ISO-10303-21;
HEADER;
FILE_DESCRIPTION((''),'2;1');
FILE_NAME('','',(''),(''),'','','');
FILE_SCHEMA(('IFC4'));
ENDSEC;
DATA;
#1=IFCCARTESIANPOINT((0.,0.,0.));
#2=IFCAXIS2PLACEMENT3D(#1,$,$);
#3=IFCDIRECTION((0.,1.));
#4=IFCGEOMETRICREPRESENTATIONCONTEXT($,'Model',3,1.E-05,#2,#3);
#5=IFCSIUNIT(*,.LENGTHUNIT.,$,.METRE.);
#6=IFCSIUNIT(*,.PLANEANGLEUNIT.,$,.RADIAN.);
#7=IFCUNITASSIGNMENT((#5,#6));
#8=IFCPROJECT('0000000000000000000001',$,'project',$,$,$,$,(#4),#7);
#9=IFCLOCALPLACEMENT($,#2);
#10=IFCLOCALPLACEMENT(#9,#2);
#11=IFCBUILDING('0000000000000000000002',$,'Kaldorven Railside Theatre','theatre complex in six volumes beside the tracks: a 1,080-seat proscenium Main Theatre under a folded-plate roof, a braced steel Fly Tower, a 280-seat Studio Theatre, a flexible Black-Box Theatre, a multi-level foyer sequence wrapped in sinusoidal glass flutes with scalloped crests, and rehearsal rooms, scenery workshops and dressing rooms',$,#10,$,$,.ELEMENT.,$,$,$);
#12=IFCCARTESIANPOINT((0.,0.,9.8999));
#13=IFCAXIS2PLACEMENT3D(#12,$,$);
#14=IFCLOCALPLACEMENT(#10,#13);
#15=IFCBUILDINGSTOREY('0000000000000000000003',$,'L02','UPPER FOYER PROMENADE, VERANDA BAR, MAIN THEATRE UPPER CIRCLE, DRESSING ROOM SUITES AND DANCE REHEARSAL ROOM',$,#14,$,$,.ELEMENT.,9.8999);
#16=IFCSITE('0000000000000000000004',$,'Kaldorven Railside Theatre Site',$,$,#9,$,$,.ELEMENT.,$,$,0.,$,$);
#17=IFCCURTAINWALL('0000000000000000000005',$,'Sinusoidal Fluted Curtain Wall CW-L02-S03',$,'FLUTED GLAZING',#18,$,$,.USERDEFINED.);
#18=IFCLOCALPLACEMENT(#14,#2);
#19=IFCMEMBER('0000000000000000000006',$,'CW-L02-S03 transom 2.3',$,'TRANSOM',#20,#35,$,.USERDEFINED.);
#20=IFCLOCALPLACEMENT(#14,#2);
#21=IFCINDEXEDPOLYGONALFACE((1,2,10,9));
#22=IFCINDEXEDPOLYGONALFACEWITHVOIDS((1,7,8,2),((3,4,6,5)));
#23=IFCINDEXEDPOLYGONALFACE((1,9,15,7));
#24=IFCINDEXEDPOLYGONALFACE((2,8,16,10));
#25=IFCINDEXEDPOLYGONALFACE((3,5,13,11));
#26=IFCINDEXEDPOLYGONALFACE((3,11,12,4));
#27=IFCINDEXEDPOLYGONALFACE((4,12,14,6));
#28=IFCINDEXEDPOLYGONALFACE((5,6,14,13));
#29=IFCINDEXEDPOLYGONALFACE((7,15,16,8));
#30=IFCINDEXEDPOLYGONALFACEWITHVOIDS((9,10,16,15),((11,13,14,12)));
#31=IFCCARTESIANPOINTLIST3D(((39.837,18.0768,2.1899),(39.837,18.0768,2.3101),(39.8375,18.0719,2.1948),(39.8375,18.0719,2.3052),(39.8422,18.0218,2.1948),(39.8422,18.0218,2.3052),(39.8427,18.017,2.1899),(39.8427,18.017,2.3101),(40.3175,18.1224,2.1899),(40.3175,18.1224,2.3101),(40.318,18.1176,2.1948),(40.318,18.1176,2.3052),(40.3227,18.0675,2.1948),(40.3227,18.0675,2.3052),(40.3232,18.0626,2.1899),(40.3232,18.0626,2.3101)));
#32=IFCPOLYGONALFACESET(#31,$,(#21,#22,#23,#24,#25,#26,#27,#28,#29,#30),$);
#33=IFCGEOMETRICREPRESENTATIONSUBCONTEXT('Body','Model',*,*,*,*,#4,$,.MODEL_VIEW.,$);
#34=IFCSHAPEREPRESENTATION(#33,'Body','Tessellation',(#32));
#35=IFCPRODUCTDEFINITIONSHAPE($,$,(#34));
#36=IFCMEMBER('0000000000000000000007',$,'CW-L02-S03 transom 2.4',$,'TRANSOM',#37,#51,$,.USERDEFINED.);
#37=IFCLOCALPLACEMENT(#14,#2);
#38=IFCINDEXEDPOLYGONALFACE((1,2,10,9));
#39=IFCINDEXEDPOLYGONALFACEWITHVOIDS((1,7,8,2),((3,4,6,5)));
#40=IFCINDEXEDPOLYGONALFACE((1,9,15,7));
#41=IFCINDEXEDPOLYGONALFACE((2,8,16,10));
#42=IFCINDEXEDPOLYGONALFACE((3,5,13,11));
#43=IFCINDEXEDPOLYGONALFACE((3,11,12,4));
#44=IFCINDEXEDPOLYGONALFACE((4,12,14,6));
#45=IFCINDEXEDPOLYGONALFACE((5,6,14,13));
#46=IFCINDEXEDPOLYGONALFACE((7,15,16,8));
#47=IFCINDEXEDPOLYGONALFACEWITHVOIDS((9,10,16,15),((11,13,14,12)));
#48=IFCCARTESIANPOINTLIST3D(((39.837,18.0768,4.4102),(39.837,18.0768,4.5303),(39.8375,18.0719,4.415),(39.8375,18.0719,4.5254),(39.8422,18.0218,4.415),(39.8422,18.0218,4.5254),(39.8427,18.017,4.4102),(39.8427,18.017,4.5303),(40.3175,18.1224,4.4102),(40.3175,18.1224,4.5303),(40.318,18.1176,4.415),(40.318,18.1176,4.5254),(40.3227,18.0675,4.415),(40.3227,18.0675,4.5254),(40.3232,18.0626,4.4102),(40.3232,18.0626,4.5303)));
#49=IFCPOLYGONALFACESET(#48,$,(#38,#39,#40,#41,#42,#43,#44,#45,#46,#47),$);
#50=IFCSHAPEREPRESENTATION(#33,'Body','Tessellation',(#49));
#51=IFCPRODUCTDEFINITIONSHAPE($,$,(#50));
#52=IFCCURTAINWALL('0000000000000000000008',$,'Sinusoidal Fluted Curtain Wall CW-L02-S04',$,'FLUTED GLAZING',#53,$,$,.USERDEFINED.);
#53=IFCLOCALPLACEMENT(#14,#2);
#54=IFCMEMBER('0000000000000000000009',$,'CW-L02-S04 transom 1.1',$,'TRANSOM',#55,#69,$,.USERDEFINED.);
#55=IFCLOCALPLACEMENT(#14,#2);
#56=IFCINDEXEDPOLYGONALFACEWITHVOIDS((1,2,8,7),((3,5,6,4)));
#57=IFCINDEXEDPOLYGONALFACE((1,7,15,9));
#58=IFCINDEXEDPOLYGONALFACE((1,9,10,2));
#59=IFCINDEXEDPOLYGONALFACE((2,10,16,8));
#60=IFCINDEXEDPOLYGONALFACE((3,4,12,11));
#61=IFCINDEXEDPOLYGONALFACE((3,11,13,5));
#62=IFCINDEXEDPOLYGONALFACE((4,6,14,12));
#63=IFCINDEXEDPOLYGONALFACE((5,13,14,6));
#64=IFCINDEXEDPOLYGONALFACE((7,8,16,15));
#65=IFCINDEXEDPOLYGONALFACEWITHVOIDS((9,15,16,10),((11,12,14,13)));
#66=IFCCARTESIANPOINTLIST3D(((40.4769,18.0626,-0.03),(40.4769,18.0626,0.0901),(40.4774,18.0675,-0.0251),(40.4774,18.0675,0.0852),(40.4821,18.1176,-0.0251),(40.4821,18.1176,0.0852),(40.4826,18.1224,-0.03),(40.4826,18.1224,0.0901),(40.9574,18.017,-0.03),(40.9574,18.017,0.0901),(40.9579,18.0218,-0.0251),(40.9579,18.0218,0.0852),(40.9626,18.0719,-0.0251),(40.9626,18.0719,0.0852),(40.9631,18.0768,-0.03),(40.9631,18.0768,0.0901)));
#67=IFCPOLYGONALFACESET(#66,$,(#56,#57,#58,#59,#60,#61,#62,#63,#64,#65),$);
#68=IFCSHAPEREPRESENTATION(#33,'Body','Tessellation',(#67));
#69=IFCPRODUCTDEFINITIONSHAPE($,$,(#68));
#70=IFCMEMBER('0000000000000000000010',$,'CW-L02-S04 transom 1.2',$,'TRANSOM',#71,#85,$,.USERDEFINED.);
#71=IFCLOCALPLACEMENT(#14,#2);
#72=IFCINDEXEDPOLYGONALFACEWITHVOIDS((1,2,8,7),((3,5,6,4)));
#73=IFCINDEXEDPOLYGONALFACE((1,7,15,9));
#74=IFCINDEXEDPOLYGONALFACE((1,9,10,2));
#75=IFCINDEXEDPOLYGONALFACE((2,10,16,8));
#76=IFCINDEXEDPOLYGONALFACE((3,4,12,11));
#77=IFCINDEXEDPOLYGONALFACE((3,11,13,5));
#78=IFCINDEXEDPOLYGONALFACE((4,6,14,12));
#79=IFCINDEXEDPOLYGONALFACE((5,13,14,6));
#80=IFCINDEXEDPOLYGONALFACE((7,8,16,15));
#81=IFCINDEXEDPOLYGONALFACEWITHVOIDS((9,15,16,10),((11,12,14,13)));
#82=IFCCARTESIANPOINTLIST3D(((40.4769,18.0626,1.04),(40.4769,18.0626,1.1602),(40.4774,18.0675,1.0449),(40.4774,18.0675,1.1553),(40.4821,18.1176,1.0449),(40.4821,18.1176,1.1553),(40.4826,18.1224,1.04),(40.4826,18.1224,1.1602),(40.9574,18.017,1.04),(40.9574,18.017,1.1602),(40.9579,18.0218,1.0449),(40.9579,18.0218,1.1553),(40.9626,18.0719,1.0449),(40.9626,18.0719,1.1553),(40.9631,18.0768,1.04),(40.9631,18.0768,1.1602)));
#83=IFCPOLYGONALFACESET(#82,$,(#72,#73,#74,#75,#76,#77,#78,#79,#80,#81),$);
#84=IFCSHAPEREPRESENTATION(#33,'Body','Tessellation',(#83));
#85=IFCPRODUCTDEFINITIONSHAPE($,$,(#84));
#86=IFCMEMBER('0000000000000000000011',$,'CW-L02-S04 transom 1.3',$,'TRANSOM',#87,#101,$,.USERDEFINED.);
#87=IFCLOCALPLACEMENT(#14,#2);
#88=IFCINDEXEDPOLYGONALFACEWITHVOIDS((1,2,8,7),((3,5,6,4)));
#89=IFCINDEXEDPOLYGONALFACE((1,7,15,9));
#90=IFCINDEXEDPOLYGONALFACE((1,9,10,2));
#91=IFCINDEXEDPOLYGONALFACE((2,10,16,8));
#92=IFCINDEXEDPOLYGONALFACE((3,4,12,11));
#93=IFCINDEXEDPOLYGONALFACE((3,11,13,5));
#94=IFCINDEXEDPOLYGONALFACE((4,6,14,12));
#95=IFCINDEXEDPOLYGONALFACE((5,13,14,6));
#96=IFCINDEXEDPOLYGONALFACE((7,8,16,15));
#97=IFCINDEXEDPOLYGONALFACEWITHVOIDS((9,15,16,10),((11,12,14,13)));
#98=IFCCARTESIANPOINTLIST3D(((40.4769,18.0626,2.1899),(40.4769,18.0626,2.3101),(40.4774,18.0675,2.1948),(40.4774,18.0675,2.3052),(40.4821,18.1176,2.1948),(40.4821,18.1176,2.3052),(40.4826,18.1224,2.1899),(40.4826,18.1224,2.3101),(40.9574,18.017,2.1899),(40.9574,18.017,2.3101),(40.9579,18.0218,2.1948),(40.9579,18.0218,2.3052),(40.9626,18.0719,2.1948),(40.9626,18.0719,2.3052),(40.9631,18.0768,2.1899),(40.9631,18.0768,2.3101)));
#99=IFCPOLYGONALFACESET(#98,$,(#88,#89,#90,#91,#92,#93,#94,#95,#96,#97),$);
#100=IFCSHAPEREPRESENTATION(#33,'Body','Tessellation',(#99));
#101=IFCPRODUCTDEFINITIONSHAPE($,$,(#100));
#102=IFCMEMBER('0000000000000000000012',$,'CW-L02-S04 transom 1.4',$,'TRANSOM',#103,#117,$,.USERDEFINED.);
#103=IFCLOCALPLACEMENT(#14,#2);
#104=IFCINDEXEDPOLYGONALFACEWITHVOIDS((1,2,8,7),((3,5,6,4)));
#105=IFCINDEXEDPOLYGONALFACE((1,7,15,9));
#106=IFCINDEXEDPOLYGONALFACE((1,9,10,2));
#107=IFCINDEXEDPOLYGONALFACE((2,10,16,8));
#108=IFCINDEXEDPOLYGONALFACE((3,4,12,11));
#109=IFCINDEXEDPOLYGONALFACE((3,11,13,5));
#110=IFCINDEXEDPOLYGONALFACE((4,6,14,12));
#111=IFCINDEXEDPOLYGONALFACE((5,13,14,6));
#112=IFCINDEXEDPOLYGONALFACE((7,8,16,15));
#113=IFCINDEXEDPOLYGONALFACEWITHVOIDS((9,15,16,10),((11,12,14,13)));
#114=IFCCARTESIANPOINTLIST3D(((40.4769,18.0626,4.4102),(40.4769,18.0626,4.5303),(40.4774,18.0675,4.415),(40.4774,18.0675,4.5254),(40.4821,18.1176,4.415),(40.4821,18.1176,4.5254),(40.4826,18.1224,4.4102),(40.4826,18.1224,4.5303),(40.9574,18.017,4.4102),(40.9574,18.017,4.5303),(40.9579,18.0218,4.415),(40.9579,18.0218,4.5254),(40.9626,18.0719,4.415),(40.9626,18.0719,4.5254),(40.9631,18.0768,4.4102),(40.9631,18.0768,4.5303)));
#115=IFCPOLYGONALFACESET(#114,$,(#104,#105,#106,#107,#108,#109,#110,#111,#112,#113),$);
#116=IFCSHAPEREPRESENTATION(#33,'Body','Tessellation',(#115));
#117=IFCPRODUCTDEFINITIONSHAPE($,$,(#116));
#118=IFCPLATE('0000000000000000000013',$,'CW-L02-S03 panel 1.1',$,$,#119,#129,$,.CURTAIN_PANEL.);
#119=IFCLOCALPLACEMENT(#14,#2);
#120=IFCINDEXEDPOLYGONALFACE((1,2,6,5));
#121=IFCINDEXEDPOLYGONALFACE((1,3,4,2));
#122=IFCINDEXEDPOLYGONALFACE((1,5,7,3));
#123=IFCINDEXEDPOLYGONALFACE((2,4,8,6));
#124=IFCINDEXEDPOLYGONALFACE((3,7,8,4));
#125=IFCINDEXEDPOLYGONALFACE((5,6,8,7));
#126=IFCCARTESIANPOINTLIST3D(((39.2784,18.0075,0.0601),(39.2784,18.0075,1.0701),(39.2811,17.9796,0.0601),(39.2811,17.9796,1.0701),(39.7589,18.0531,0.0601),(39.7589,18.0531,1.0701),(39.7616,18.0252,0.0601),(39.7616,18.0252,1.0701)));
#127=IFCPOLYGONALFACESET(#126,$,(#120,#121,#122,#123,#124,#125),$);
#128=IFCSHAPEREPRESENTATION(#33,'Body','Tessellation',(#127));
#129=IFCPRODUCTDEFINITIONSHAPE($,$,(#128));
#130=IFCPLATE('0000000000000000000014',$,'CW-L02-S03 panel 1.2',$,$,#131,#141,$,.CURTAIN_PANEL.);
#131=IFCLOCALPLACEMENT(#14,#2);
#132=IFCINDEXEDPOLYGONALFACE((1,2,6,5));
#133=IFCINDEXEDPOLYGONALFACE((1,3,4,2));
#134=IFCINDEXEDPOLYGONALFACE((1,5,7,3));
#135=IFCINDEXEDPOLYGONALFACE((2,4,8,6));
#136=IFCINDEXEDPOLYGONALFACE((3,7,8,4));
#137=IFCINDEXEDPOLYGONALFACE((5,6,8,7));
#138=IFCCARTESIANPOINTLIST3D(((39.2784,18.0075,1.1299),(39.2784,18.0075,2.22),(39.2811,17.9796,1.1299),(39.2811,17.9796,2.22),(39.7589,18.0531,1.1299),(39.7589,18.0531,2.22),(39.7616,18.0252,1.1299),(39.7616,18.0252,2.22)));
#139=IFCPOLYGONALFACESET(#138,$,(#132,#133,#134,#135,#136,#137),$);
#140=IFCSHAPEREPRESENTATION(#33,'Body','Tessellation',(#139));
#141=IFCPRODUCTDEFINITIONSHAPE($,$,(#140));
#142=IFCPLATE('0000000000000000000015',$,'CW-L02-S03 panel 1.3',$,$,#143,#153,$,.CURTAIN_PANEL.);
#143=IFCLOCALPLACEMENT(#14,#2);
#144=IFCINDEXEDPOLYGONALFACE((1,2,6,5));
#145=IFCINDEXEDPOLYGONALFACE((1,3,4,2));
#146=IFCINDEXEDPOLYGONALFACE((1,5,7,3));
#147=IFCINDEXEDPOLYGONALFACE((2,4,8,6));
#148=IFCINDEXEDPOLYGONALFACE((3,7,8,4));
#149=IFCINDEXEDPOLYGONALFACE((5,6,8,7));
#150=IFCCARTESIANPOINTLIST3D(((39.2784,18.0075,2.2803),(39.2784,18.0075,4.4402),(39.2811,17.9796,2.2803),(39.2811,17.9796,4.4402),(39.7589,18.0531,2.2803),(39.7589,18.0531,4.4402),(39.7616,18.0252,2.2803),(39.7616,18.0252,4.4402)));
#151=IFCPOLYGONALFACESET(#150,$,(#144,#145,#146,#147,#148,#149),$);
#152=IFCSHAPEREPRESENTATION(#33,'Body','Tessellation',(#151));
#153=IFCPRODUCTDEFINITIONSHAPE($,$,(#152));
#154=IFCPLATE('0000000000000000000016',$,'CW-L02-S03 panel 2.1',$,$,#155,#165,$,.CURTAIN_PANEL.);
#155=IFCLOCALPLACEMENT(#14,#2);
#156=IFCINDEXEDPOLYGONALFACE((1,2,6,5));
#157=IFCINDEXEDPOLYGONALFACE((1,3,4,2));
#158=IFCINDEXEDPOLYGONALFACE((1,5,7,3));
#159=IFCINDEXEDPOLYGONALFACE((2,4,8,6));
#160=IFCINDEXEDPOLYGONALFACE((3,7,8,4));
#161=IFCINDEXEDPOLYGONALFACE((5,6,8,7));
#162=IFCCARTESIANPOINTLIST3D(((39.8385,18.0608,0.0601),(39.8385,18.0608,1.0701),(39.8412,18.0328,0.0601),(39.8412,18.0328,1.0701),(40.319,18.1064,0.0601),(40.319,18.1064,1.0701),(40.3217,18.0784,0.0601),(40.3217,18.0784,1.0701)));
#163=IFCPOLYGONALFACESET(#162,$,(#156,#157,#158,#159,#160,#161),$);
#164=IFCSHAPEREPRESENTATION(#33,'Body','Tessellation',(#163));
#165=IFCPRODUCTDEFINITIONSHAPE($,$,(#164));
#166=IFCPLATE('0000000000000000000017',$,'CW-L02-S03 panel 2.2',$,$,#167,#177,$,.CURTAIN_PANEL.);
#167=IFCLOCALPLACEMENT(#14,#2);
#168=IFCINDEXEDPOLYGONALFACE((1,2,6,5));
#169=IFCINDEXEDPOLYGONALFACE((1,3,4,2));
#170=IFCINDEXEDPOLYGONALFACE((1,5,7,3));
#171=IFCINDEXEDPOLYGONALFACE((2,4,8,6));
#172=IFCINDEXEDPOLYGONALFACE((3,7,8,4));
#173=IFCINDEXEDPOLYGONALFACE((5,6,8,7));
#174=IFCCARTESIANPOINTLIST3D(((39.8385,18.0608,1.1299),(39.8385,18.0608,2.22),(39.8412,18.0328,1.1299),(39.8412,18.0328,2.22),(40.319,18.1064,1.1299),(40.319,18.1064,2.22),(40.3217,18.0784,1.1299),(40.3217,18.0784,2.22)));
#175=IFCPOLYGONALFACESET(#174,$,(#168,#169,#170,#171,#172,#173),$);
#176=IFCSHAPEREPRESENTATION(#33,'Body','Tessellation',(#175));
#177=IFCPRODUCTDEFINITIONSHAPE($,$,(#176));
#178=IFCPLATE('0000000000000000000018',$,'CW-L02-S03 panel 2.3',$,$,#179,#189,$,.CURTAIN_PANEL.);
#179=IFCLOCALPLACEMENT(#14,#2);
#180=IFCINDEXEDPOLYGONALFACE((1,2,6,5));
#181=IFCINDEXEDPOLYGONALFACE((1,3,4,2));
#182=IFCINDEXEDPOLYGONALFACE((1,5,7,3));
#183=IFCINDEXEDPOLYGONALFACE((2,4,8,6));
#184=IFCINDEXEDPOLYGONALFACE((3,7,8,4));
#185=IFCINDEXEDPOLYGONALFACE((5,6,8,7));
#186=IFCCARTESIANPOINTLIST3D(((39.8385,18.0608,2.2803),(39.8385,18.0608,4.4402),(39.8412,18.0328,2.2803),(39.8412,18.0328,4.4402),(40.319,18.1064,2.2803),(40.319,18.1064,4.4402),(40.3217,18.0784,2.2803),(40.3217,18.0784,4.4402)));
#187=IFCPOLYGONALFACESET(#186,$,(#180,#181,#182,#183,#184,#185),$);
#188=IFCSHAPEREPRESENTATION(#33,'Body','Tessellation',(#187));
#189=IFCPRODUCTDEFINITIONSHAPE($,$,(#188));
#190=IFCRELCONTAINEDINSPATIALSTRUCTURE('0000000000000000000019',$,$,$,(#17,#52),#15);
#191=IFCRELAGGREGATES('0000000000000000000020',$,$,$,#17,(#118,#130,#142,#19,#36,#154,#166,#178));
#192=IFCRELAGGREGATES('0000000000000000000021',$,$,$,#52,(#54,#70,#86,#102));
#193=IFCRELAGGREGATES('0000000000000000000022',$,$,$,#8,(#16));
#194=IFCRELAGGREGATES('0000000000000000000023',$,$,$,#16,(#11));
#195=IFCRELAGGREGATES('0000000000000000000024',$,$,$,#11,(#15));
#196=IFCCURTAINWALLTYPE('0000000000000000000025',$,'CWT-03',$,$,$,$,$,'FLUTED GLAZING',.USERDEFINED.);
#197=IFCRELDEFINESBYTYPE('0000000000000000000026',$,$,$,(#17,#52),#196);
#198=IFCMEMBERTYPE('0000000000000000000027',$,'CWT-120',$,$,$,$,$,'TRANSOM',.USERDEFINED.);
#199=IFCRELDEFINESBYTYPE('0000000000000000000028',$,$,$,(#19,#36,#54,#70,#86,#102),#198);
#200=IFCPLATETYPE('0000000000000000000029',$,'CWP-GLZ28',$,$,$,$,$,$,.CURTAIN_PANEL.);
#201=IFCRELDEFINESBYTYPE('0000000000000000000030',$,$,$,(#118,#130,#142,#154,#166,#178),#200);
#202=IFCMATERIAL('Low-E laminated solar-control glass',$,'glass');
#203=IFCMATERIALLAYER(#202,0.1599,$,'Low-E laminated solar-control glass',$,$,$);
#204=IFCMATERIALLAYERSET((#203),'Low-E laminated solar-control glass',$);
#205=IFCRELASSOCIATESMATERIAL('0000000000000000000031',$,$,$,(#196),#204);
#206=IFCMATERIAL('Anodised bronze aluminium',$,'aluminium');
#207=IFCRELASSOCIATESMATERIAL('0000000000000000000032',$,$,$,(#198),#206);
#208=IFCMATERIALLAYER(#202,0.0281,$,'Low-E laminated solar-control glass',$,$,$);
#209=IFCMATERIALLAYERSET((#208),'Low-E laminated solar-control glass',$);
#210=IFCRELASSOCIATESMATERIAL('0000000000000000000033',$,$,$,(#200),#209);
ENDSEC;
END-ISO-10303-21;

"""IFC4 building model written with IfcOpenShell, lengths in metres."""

from ifc_helpers import new_model, si_unit, direction, frame, origin, origin_2d, place, context, subcontext, project, spatial, rectangle, hollow_rectangle, extrude, material, layer, layer_set, material_profile, profile_set, type_object, element, aggregate, save


model = new_model("IFC4")

# Units and contexts
model_context = context("Model", 3, precision=1e-05, world=origin(), true_north=direction((0.0, 1.0)))
body_context = subcontext(model_context, "Body", "Model", "MODEL_VIEW")
ifc_project = project(units=[si_unit("LENGTHUNIT", "METRE"), si_unit("PLANEANGLEUNIT", "RADIAN")], contexts=[model_context])

# Site, building, storey
site_placement = place(None, origin())
site = spatial("IfcSite", under=ifc_project, at=site_placement, Name="Kaldorven Railside Theatre Site", CompositionType="ELEMENT", RefElevation=0.0)
building_placement = place(site_placement, origin())
building = spatial("IfcBuilding", under=site, at=building_placement, Name="Kaldorven Railside Theatre", Description="theatre complex in six volumes beside the tracks: a 1,080-seat proscenium Main Theatre under a folded-plate roof, a braced steel Fly Tower, a 280-seat Studio Theatre, a flexible Black-Box Theatre, a multi-level foyer sequence wrapped in sinusoidal glass flutes with scalloped crests, and rehearsal rooms, scenery workshops and dressing rooms", CompositionType="ELEMENT")
storey_placement = place(building_placement, frame((0.0, 0.0, 9.8999)))
storey = spatial("IfcBuildingStorey", under=building, at=storey_placement, Name="L02", Description="UPPER FOYER PROMENADE, VERANDA BAR, MAIN THEATRE UPPER CIRCLE, DRESSING ROOM SUITES AND DANCE REHEARSAL ROOM", CompositionType="ELEMENT", Elevation=9.8999)

# Curtain walls, members
ifc_material_1 = material(Name="Low-E laminated solar-control glass", Category="glass")
ifc_layer_1 = layer(ifc_material_1, 0.1599, Name="Low-E laminated solar-control glass")
ifc_layer_set_1 = layer_set([ifc_layer_1], Name="Low-E laminated solar-control glass")
curtain_wall_type = type_object("IfcCurtainWallType", Name="CWT-03", ElementType="FLUTED GLAZING", PredefinedType="USERDEFINED", material=ifc_layer_set_1)
curtain_wall_1_placement = place(storey_placement, origin())
curtain_wall_1 = element("IfcCurtainWall", 1, at=curtain_wall_1_placement, inside=storey, type_object=curtain_wall_type, Name="Sinusoidal Fluted Curtain Wall CW-L02-S03", ObjectType="FLUTED GLAZING", PredefinedType="USERDEFINED")
ifc_material_2 = material(Name="Anodised bronze aluminium", Category="aluminium")
ifc_material_profile_1 = material_profile(ifc_material_2, hollow_rectangle(XDim=0.0601, YDim=0.1201, WallThickness=0.0049, at=origin_2d()), Name="RHS 120x60x5")
ifc_profile_set_1 = profile_set([ifc_material_profile_1], Name="Anodised bronze aluminium")
member_type_1 = type_object("IfcMemberType", Name="CWT-120", ElementType="TRANSOM", PredefinedType="USERDEFINED", material=ifc_profile_set_1)
member_1_placement = place(storey_placement, frame((39.8398, 18.0469, 2.25), z_axis=(0.995516, 0.094594, 0.0), x_axis=(-0.094594, 0.995516, 0.0)))
member_1 = element("IfcMember", 2, at=member_1_placement, type_object=member_type_1, Name="CW-L02-S03 transom 2.3", ObjectType="TRANSOM", PredefinedType="USERDEFINED", context=body_context, shape_type="SweptSolid", body=[
    extrude(hollow_rectangle(XDim=0.0601, YDim=0.1201, WallThickness=0.0049, at=origin_2d()), origin(), (0.0, 0.0, 1.0), 0.4827),
])
member_2_placement = place(storey_placement, frame((39.8398, 18.0469, 4.4702), z_axis=(0.995516, 0.094594, 0.0), x_axis=(-0.094594, 0.995516, 0.0)))
member_2 = element("IfcMember", 3, at=member_2_placement, type_object=member_type_1, Name="CW-L02-S03 transom 2.4", ObjectType="TRANSOM", PredefinedType="USERDEFINED", context=body_context, shape_type="SweptSolid", body=[
    extrude(hollow_rectangle(XDim=0.0601, YDim=0.1201, WallThickness=0.0049, at=origin_2d()), origin(), (0.0, 0.0, 1.0), 0.4827),
])
curtain_wall_2_placement = place(storey_placement, origin())
curtain_wall_2 = element("IfcCurtainWall", 4, at=curtain_wall_2_placement, inside=storey, type_object=curtain_wall_type, Name="Sinusoidal Fluted Curtain Wall CW-L02-S04", ObjectType="FLUTED GLAZING", PredefinedType="USERDEFINED")
member_3_placement = place(storey_placement, frame((40.4797, 18.0925, 0.03), z_axis=(0.995516, -0.094594, 0.0), x_axis=(0.094594, 0.995516, 0.0)))
member_3 = element("IfcMember", 5, at=member_3_placement, type_object=member_type_1, Name="CW-L02-S04 transom 1.1", ObjectType="TRANSOM", PredefinedType="USERDEFINED", context=body_context, shape_type="SweptSolid", body=[
    extrude(hollow_rectangle(XDim=0.0601, YDim=0.1201, WallThickness=0.0049, at=origin_2d()), origin(), (0.0, 0.0, 1.0), 0.4827),
])
member_4_placement = place(storey_placement, frame((40.4797, 18.0925, 1.1001), z_axis=(0.995516, -0.094594, 0.0), x_axis=(0.094594, 0.995516, 0.0)))
member_4 = element("IfcMember", 6, at=member_4_placement, type_object=member_type_1, Name="CW-L02-S04 transom 1.2", ObjectType="TRANSOM", PredefinedType="USERDEFINED", context=body_context, shape_type="SweptSolid", body=[
    extrude(hollow_rectangle(XDim=0.0601, YDim=0.1201, WallThickness=0.0049, at=origin_2d()), origin(), (0.0, 0.0, 1.0), 0.4827),
])
member_5_placement = place(storey_placement, frame((40.4797, 18.0925, 2.25), z_axis=(0.995516, -0.094594, 0.0), x_axis=(0.094594, 0.995516, 0.0)))
member_5 = element("IfcMember", 7, at=member_5_placement, type_object=member_type_1, Name="CW-L02-S04 transom 1.3", ObjectType="TRANSOM", PredefinedType="USERDEFINED", context=body_context, shape_type="SweptSolid", body=[
    extrude(hollow_rectangle(XDim=0.0601, YDim=0.1201, WallThickness=0.0049, at=origin_2d()), origin(), (0.0, 0.0, 1.0), 0.4827),
])
member_6_placement = place(storey_placement, frame((40.4797, 18.0925, 4.4702), z_axis=(0.995516, -0.094594, 0.0), x_axis=(0.094594, 0.995516, 0.0)))
member_6 = element("IfcMember", 8, at=member_6_placement, type_object=member_type_1, Name="CW-L02-S04 transom 1.4", ObjectType="TRANSOM", PredefinedType="USERDEFINED", context=body_context, shape_type="SweptSolid", body=[
    extrude(hollow_rectangle(XDim=0.0601, YDim=0.1201, WallThickness=0.0049, at=origin_2d()), origin(), (0.0, 0.0, 1.0), 0.4827),
])

# Plates
ifc_layer_2 = layer(ifc_material_1, 0.0281, Name="Low-E laminated solar-control glass")
ifc_layer_set_2 = layer_set([ifc_layer_2], Name="Low-E laminated solar-control glass")
plate_type = type_object("IfcPlateType", Name="CWP-GLZ28", PredefinedType="CURTAIN_PANEL", material=ifc_layer_set_2)
plate_1_placement = place(storey_placement, frame((39.52, 18.0164, 0.0601), z_axis=(0.0, 0.0, 1.0), x_axis=(0.995526, 0.094492, 0.0)))
plate_1 = element("IfcPlate", 9, at=plate_1_placement, type_object=plate_type, Name="CW-L02-S03 panel 1.1", PredefinedType="CURTAIN_PANEL", context=body_context, shape_type="SweptSolid", body=[
    extrude(rectangle(XDim=0.4827, YDim=0.0281, at=origin_2d()), origin(), (0.0, 0.0, 1.0), 1.01),
])
plate_2_placement = place(storey_placement, frame((39.52, 18.0164, 1.1299), z_axis=(0.0, 0.0, 1.0), x_axis=(0.995526, 0.094492, 0.0)))
plate_2 = element("IfcPlate", 10, at=plate_2_placement, type_object=plate_type, Name="CW-L02-S03 panel 1.2", PredefinedType="CURTAIN_PANEL", context=body_context, shape_type="SweptSolid", body=[
    extrude(rectangle(XDim=0.4827, YDim=0.0281, at=origin_2d()), origin(), (0.0, 0.0, 1.0), 1.0901),
])
plate_3_placement = place(storey_placement, frame((39.52, 18.0164, 2.2803), z_axis=(0.0, 0.0, 1.0), x_axis=(0.995526, 0.094492, 0.0)))
plate_3 = element("IfcPlate", 11, at=plate_3_placement, type_object=plate_type, Name="CW-L02-S03 panel 1.3", PredefinedType="CURTAIN_PANEL", context=body_context, shape_type="SweptSolid", body=[
    extrude(rectangle(XDim=0.4827, YDim=0.0281, at=origin_2d()), origin(), (0.0, 0.0, 1.0), 2.1599),
])
plate_4_placement = place(storey_placement, frame((40.0801, 18.0696, 0.0601), z_axis=(0.0, 0.0, 1.0), x_axis=(0.995526, 0.094492, 0.0)))
plate_4 = element("IfcPlate", 12, at=plate_4_placement, type_object=plate_type, Name="CW-L02-S03 panel 2.1", PredefinedType="CURTAIN_PANEL", context=body_context, shape_type="SweptSolid", body=[
    extrude(rectangle(XDim=0.4827, YDim=0.0281, at=origin_2d()), origin(), (0.0, 0.0, 1.0), 1.01),
])
plate_5_placement = place(storey_placement, frame((40.0801, 18.0696, 1.1299), z_axis=(0.0, 0.0, 1.0), x_axis=(0.995526, 0.094492, 0.0)))
plate_5 = element("IfcPlate", 13, at=plate_5_placement, type_object=plate_type, Name="CW-L02-S03 panel 2.2", PredefinedType="CURTAIN_PANEL", context=body_context, shape_type="SweptSolid", body=[
    extrude(rectangle(XDim=0.4827, YDim=0.0281, at=origin_2d()), origin(), (0.0, 0.0, 1.0), 1.0901),
])
plate_6_placement = place(storey_placement, frame((40.0801, 18.0696, 2.2803), z_axis=(0.0, 0.0, 1.0), x_axis=(0.995526, 0.094492, 0.0)))
plate_6 = element("IfcPlate", 14, at=plate_6_placement, type_object=plate_type, Name="CW-L02-S03 panel 2.3", PredefinedType="CURTAIN_PANEL", context=body_context, shape_type="SweptSolid", body=[
    extrude(rectangle(XDim=0.4827, YDim=0.0281, at=origin_2d()), origin(), (0.0, 0.0, 1.0), 2.1599),
])
aggregate(curtain_wall_1, [plate_1, plate_2, plate_3, member_1, member_2, plate_4, plate_5, plate_6])
aggregate(curtain_wall_2, [member_3, member_4, member_5, member_6])

save(model, "model.ifc")
